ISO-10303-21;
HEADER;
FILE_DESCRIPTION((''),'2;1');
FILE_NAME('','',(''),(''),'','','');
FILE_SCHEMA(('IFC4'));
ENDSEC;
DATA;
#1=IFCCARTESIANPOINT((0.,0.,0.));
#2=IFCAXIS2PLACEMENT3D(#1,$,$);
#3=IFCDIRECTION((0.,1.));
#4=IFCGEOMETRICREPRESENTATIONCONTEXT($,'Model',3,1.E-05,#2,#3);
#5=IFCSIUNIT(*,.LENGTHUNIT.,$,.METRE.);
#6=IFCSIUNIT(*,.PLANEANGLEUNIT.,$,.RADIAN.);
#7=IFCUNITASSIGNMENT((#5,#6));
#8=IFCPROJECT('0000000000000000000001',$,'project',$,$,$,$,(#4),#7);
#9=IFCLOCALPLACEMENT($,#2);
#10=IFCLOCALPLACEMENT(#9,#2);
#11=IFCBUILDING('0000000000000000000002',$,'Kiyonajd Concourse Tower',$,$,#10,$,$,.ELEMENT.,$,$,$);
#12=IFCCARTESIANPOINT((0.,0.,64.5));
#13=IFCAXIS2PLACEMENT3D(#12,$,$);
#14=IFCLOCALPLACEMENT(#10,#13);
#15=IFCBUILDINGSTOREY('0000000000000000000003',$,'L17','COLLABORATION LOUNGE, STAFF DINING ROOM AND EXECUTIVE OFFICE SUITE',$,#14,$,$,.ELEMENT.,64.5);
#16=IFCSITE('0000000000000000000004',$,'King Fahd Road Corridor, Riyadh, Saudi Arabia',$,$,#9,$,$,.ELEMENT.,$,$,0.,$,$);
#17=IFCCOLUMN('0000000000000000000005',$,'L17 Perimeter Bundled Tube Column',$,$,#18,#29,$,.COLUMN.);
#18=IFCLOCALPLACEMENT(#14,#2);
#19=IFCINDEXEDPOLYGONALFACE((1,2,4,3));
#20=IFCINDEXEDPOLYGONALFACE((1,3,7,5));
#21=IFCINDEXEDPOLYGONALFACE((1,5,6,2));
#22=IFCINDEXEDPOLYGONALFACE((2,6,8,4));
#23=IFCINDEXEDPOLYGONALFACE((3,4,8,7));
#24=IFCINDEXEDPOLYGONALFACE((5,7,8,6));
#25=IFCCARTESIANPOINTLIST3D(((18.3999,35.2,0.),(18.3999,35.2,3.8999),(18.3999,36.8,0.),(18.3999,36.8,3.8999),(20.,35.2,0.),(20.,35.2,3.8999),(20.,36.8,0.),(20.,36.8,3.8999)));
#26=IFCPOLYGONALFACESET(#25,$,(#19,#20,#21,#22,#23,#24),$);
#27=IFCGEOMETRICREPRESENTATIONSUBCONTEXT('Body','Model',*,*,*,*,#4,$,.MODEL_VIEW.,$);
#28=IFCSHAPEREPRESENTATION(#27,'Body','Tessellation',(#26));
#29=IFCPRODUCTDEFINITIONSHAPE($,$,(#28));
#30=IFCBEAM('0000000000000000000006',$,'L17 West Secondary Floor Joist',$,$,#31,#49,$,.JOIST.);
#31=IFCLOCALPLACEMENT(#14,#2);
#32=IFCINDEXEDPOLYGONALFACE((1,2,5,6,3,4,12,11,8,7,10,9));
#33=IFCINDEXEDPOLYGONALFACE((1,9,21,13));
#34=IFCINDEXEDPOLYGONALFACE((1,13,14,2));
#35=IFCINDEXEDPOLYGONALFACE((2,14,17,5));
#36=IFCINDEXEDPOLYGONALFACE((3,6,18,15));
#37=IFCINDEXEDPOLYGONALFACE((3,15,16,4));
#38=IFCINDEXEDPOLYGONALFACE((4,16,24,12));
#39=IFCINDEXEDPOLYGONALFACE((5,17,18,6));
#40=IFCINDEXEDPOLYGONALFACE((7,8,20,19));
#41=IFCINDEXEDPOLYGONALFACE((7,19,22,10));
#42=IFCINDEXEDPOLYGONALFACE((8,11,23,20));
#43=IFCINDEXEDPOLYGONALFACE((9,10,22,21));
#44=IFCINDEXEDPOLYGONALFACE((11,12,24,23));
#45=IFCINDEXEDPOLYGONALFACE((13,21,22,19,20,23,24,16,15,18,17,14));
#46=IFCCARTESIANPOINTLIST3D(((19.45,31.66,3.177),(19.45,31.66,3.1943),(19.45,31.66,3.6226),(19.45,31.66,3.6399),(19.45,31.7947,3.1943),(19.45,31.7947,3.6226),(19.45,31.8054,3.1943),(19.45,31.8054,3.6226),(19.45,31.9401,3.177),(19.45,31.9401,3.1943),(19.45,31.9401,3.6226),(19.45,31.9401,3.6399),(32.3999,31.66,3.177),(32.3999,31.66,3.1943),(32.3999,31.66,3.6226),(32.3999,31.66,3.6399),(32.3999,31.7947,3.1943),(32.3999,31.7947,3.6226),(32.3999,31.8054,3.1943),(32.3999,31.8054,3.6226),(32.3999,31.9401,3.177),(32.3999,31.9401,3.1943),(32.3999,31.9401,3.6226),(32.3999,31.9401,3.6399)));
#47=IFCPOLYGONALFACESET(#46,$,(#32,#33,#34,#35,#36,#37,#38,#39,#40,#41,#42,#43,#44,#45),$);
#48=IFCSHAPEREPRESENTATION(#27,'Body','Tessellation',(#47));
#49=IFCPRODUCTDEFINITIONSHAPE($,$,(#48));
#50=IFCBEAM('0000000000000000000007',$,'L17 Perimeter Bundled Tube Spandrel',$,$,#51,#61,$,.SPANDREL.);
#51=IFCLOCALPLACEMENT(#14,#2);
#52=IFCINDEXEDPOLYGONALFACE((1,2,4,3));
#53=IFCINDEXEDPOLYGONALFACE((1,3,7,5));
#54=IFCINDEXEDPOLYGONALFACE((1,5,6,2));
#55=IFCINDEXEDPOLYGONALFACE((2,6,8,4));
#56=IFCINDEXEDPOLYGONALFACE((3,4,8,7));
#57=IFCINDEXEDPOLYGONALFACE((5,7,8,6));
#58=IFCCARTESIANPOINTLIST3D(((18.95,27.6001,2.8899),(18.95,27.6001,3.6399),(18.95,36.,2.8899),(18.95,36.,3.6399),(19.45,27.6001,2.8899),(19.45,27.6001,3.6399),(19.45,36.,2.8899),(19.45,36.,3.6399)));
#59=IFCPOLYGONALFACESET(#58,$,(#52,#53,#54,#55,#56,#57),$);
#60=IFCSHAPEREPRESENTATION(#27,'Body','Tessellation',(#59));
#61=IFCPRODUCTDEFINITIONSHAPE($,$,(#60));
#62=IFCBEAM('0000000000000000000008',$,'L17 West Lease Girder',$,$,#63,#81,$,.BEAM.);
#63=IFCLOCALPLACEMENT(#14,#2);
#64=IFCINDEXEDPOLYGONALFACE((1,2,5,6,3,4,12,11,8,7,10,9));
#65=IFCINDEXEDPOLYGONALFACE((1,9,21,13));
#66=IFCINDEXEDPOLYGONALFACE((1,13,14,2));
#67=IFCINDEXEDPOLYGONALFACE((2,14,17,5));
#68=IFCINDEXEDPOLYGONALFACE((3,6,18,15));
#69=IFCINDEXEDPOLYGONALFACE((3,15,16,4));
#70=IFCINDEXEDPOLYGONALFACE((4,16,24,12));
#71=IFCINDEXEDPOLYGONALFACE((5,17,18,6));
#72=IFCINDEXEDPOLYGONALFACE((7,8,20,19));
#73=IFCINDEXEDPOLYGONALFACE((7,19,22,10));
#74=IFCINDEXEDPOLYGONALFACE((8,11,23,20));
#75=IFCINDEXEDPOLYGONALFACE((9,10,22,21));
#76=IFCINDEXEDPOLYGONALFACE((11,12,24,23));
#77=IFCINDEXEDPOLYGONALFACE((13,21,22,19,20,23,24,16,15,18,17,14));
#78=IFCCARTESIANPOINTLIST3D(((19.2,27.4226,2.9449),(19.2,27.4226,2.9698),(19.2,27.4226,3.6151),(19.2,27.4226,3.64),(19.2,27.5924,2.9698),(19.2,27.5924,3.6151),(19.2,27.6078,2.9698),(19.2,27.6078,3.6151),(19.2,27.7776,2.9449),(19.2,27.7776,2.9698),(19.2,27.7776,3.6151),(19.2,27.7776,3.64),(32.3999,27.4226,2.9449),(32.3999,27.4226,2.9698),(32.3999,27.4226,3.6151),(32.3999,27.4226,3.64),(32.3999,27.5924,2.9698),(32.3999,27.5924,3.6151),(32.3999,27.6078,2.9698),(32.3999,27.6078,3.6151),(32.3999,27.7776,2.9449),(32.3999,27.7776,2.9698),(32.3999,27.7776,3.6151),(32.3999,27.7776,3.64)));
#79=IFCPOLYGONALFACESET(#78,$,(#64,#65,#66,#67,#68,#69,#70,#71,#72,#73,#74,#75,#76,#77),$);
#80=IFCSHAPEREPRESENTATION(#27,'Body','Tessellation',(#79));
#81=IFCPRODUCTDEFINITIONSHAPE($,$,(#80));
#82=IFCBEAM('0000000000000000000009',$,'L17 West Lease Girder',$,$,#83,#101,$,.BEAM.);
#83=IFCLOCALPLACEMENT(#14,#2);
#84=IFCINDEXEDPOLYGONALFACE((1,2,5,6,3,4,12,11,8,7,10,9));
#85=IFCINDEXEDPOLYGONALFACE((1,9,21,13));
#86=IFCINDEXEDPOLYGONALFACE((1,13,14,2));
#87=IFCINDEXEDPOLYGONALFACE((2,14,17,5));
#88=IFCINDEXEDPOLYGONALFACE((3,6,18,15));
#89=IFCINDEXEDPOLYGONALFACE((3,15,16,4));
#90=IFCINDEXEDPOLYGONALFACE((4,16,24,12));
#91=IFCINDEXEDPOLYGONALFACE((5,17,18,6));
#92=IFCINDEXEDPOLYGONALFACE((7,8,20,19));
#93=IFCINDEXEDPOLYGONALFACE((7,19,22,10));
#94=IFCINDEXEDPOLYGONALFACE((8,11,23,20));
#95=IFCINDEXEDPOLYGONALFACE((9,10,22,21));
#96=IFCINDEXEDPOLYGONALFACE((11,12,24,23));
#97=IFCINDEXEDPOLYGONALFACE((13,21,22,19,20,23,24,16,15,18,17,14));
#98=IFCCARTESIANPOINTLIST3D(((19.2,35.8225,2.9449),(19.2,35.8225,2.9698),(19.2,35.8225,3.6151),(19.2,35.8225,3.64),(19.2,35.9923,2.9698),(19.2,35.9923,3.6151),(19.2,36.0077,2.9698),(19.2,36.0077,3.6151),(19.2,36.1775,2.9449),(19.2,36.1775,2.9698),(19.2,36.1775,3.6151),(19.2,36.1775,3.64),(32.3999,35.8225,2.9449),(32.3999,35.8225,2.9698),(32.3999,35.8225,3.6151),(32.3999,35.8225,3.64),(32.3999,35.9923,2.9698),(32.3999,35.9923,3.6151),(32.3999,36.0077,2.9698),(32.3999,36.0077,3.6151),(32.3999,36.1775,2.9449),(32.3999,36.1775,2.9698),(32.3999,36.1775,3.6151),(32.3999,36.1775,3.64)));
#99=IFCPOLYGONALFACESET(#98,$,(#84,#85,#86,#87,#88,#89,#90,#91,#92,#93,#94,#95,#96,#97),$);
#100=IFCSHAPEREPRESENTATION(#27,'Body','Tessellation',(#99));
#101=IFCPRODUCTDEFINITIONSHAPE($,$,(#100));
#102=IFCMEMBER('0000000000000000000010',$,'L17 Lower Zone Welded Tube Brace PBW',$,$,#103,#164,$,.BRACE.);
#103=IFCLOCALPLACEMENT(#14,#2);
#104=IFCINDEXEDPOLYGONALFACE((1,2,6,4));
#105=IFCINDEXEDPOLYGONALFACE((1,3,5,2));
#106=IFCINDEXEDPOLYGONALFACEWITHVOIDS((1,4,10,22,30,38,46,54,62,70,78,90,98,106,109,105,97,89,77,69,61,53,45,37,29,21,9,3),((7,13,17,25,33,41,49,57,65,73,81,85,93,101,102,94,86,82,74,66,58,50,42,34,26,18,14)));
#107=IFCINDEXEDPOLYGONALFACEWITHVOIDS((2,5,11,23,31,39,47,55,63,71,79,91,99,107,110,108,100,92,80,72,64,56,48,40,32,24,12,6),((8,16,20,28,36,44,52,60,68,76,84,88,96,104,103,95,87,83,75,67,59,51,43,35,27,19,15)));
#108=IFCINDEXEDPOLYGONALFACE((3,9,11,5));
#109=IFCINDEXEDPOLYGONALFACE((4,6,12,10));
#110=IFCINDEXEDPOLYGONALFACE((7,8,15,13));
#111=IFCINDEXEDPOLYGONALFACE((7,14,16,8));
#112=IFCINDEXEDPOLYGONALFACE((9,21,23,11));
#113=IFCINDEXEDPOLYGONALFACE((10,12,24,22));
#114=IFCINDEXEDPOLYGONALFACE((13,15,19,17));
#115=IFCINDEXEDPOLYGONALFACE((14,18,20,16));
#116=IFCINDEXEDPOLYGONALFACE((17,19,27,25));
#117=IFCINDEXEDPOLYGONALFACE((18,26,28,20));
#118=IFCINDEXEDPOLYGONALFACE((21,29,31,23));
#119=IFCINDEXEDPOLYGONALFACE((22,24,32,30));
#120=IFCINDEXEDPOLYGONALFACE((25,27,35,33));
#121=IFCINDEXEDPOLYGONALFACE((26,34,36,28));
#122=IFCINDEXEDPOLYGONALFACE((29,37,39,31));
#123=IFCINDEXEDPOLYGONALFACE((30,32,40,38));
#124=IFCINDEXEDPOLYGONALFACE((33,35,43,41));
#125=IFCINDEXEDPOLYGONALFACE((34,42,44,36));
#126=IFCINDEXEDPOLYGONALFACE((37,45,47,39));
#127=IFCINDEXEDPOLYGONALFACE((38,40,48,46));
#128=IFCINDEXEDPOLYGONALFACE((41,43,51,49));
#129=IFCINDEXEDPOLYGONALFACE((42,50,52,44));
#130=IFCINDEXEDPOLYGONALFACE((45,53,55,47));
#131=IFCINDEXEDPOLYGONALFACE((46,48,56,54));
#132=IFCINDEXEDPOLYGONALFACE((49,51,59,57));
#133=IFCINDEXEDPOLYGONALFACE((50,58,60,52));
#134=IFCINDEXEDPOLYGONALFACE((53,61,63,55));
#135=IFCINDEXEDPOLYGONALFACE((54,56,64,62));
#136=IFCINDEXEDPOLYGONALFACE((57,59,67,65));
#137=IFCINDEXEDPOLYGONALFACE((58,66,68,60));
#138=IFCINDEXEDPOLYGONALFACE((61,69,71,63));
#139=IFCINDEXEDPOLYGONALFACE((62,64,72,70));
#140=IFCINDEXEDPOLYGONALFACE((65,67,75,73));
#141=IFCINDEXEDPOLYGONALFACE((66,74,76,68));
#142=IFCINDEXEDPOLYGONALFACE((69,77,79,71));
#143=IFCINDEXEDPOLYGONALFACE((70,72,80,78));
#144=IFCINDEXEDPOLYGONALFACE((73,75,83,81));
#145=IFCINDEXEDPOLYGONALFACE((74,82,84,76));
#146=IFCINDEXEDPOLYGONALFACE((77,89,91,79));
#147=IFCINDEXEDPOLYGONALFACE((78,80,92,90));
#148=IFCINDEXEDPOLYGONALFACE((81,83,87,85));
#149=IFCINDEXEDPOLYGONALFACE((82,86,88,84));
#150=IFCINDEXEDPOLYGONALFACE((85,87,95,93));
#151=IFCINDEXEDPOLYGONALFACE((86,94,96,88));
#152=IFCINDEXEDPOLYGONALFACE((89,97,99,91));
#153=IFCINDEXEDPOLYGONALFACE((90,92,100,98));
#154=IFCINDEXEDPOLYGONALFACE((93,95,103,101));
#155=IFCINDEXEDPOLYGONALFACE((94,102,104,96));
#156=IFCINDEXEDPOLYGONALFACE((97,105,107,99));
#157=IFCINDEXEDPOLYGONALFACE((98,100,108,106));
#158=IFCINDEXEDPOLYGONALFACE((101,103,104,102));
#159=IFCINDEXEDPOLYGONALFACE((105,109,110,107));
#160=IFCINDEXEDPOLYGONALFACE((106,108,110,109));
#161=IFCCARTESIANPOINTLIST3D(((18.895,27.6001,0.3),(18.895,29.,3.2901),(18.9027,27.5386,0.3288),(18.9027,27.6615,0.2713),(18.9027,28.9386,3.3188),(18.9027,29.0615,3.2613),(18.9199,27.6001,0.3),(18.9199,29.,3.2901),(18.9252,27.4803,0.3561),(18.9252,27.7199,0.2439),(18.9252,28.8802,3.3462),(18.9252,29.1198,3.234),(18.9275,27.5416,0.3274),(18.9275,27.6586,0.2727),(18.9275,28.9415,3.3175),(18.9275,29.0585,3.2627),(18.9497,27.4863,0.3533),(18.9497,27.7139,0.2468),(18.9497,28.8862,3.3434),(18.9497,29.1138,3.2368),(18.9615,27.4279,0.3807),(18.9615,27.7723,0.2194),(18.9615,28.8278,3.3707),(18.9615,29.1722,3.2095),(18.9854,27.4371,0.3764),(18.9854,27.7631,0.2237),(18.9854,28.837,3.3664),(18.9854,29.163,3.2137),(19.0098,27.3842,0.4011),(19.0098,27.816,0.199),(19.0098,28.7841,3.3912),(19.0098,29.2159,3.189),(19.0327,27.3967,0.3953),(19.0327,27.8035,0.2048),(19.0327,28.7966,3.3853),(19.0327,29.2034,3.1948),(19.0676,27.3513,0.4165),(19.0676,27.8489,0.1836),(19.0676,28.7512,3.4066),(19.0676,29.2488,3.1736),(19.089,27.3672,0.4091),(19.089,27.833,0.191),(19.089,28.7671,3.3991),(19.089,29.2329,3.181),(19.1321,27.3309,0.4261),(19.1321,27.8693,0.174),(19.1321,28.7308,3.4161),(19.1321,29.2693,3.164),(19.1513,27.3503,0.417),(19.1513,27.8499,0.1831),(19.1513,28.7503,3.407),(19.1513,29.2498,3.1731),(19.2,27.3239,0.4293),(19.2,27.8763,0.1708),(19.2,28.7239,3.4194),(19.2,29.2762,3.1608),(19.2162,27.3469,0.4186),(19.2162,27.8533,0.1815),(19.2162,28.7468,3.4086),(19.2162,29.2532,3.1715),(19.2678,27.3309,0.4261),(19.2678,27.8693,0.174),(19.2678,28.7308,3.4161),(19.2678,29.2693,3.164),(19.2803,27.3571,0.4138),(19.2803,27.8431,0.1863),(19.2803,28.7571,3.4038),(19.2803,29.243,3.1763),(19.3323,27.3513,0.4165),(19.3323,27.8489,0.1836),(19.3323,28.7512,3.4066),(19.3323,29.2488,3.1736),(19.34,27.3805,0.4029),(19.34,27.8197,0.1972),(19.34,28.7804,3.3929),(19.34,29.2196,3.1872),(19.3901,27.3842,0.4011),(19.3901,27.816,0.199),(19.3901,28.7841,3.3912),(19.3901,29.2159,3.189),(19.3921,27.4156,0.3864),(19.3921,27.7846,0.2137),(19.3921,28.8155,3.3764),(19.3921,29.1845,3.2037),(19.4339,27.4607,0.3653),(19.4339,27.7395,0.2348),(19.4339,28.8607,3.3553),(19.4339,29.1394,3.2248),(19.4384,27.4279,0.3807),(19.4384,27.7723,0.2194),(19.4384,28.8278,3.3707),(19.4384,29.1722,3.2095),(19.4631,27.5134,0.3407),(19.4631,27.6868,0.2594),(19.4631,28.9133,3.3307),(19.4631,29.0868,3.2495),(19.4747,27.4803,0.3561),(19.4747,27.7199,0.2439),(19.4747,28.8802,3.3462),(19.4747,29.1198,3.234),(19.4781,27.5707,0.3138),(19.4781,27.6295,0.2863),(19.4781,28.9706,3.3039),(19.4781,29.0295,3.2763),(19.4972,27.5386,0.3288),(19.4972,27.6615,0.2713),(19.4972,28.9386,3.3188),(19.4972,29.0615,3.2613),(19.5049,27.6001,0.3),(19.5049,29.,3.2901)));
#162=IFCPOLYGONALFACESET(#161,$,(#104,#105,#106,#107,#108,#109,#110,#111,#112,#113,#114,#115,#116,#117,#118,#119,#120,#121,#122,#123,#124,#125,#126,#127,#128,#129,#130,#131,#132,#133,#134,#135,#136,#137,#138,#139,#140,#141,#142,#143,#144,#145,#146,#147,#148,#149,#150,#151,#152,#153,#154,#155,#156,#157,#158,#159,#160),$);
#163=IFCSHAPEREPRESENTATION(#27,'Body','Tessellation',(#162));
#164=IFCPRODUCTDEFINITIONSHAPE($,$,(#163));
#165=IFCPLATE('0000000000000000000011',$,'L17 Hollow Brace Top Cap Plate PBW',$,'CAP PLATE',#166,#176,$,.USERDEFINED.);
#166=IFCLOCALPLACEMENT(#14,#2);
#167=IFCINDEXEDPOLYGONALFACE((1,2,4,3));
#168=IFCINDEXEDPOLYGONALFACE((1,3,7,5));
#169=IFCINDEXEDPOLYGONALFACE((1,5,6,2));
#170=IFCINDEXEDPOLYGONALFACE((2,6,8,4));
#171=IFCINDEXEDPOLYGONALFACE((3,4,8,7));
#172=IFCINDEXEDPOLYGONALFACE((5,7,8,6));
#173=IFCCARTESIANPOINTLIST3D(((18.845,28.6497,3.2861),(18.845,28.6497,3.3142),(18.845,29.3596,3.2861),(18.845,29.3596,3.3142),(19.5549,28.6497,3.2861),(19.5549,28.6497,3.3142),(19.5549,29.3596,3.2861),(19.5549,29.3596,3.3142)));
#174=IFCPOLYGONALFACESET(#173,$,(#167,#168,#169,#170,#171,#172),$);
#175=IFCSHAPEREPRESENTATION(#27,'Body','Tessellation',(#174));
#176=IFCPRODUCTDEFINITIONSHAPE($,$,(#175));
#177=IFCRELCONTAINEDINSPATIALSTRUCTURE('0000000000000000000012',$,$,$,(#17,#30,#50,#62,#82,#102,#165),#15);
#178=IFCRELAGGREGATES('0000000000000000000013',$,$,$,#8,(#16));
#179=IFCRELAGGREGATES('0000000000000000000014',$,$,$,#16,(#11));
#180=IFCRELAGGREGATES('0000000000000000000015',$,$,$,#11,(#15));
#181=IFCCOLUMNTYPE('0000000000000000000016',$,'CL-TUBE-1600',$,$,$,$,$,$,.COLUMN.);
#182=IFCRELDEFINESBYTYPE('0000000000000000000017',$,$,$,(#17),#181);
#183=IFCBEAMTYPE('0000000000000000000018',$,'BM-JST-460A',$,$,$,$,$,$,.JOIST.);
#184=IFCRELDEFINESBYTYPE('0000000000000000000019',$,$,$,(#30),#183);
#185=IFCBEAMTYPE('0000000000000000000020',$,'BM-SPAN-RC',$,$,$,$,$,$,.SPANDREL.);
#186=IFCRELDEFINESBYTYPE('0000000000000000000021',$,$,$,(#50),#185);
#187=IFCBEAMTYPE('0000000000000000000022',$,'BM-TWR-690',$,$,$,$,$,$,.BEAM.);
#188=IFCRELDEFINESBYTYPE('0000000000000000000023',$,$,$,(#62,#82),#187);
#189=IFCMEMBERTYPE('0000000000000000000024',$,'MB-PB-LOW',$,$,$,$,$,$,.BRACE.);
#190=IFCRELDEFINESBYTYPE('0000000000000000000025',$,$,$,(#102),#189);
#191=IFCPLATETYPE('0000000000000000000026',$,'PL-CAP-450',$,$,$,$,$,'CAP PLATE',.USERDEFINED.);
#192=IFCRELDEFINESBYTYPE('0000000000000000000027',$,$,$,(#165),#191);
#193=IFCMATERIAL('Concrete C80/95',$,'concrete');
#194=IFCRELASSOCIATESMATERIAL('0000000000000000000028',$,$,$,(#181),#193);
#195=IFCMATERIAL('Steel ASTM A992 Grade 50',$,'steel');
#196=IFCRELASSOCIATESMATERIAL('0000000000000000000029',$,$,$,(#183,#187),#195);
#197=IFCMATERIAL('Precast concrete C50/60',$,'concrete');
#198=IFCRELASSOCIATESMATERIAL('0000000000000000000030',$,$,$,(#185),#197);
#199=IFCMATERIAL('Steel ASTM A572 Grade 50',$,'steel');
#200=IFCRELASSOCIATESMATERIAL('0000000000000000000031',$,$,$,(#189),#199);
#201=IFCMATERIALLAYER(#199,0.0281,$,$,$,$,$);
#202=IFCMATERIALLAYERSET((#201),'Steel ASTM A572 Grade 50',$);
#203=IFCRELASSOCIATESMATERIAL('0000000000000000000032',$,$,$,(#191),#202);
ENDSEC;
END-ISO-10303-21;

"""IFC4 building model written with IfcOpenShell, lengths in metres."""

from ifc_helpers import new_model, si_unit, direction, frame, origin, origin_2d, place, context, subcontext, project, spatial, rectangle, hollow_circle, i_section, extrude, material, layer, layer_set, material_profile, profile_set, type_object, element, save


model = new_model("IFC4")

# Units and contexts
model_context = context("Model", 3, precision=1e-05, world=origin(), true_north=direction((0.0, 1.0)))
body_context = subcontext(model_context, "Body", "Model", "MODEL_VIEW")
ifc_project = project(units=[si_unit("LENGTHUNIT", "METRE"), si_unit("PLANEANGLEUNIT", "RADIAN")], contexts=[model_context])

# Site, building, storey
site_placement = place(None, origin())
site = spatial("IfcSite", under=ifc_project, at=site_placement, Name="King Fahd Road Corridor, Riyadh, Saudi Arabia", CompositionType="ELEMENT", RefElevation=0.0)
building_placement = place(site_placement, origin())
building = spatial("IfcBuilding", under=site, at=building_placement, Name="Kiyonajd Concourse Tower", CompositionType="ELEMENT")
storey_placement = place(building_placement, frame((0.0, 0.0, 64.5)))
storey = spatial("IfcBuildingStorey", under=building, at=storey_placement, Name="L17", Description="COLLABORATION LOUNGE, STAFF DINING ROOM AND EXECUTIVE OFFICE SUITE", CompositionType="ELEMENT", Elevation=64.5)

# Column
ifc_material_1 = material(Name="Concrete C80/95", Category="concrete")
ifc_material_profile_1 = material_profile(ifc_material_1, rectangle(XDim=1.6001, YDim=1.6001, at=origin_2d()), Name="RC-1600x1600")
ifc_profile_set_1 = profile_set([ifc_material_profile_1], Name="Concrete C80/95")
column_type = type_object("IfcColumnType", Name="CL-TUBE-1600", PredefinedType="COLUMN", material=ifc_profile_set_1)
column_placement = place(storey_placement, frame((19.2, 36.0, 0.0), z_axis=(0.0, 0.0, 1.0), x_axis=(1.0, 0.0, 0.0)))
element("IfcColumn", 1, at=column_placement, inside=storey, type_object=column_type, Name="L17 Perimeter Bundled Tube Column", PredefinedType="COLUMN", context=body_context, shape_type="SweptSolid", body=[
    extrude(rectangle(XDim=1.6001, YDim=1.6001, at=origin_2d()), origin(), (0.0, 0.0, 1.0), 3.8999),
])

# Beams
ifc_material_2 = material(Name="Steel ASTM A992 Grade 50", Category="steel")
ifc_material_profile_2 = material_profile(ifc_material_2, i_section(OverallWidth=0.28, OverallDepth=0.4629, WebThickness=0.0107, FlangeThickness=0.0173, at=origin_2d()), Name="W460X113")
ifc_profile_set_2 = profile_set([ifc_material_profile_2], Name="Steel ASTM A992 Grade 50")
beam_type_1 = type_object("IfcBeamType", Name="BM-JST-460A", PredefinedType="JOIST", material=ifc_profile_set_2)
beam_1_placement = place(storey_placement, frame((19.45, 31.8, 3.4084), z_axis=(1.0, 0.0, 0.0), x_axis=(0.0, 1.0, 0.0)))
element("IfcBeam", 2, at=beam_1_placement, inside=storey, type_object=beam_type_1, Name="L17 West Secondary Floor Joist", PredefinedType="JOIST", context=body_context, shape_type="SweptSolid", body=[
    extrude(i_section(OverallWidth=0.28, OverallDepth=0.4629, WebThickness=0.0107, FlangeThickness=0.0173, at=origin_2d()), origin(), (0.0, 0.0, 1.0), 12.95),
])
ifc_material_3 = material(Name="Precast concrete C50/60", Category="concrete")
ifc_material_profile_3 = material_profile(ifc_material_3, rectangle(XDim=0.5, YDim=0.75, at=origin_2d()), Name="RCBM-500x750")
ifc_profile_set_3 = profile_set([ifc_material_profile_3], Name="Precast concrete C50/60")
beam_type_2 = type_object("IfcBeamType", Name="BM-SPAN-RC", PredefinedType="SPANDREL", material=ifc_profile_set_3)
beam_2_placement = place(storey_placement, frame((19.2, 36.0, 3.2649), z_axis=(0.0, -1.0, 0.0), x_axis=(1.0, 0.0, 0.0)))
element("IfcBeam", 3, at=beam_2_placement, inside=storey, type_object=beam_type_2, Name="L17 Perimeter Bundled Tube Spandrel", PredefinedType="SPANDREL", context=body_context, shape_type="SweptSolid", body=[
    extrude(rectangle(XDim=0.5, YDim=0.75, at=origin_2d()), origin(), (0.0, 0.0, 1.0), 8.3999),
])
ifc_material_profile_4 = material_profile(ifc_material_2, i_section(OverallWidth=0.355, OverallDepth=0.6951, WebThickness=0.0154, FlangeThickness=0.0249, at=origin_2d()), Name="W690X217")
ifc_profile_set_4 = profile_set([ifc_material_profile_4], Name="Steel ASTM A992 Grade 50")
beam_type_3 = type_object("IfcBeamType", Name="BM-TWR-690", PredefinedType="BEAM", material=ifc_profile_set_4)
for number, where, z_axis, x_axis, name in (
    (4, (19.2, 27.6001, 3.2925), (1.0, 0.0, 0.0), (0.0, 1.0, 0.0), "L17 West Lease Girder"),
    (5, (19.2, 36.0, 3.2925), (1.0, 0.0, 0.0), (0.0, 1.0, 0.0), "L17 West Lease Girder"),
):
    element("IfcBeam", number, at=place(storey_placement, frame(where, z_axis=z_axis, x_axis=x_axis)), inside=storey, type_object=beam_type_3, Name=name, PredefinedType="BEAM", context=body_context, shape_type="SweptSolid", body=[
        extrude(i_section(OverallWidth=0.355, OverallDepth=0.6951, WebThickness=0.0154, FlangeThickness=0.0249, at=origin_2d()), origin(), (0.0, 0.0, 1.0), 13.2),
    ])

# Member
ifc_material_4 = material(Name="Steel ASTM A572 Grade 50", Category="steel")
ifc_material_profile_5 = material_profile(ifc_material_4, hollow_circle(Radius=0.3049, WallThickness=0.0249, at=origin_2d()), Name="CHS-610x25")
ifc_profile_set_5 = profile_set([ifc_material_profile_5], Name="Steel ASTM A572 Grade 50")
member_type = type_object("IfcMemberType", Name="MB-PB-LOW", PredefinedType="BRACE", material=ifc_profile_set_5)
member_placement = place(storey_placement, frame((19.2, 27.6001, 0.3), z_axis=(0.0, 0.424023, 0.905652), x_axis=(-1.0, 0.0, 0.0)))
element("IfcMember", 6, at=member_placement, inside=storey, type_object=member_type, Name="L17 Lower Zone Welded Tube Brace PBW", PredefinedType="BRACE", context=body_context, shape_type="SweptSolid", body=[
    extrude(hollow_circle(Radius=0.3049, WallThickness=0.0249, at=origin_2d()), origin(), (0.0, 0.0, 1.0), 3.3015),
])

# Plate
ifc_layer_1 = layer(ifc_material_4, 0.0281)
ifc_layer_set_1 = layer_set([ifc_layer_1], Name="Steel ASTM A572 Grade 50")
plate_type_1 = type_object("IfcPlateType", Name="PL-CAP-450", ElementType="CAP PLATE", PredefinedType="USERDEFINED", material=ifc_layer_set_1)
plate_placement = place(storey_placement, frame((19.2, 29.0046, 3.2861), z_axis=(0.0, 0.0, 1.0), x_axis=(1.0, 0.0, 0.0)))
element("IfcPlate", 7, at=plate_placement, inside=storey, type_object=plate_type_1, Name="L17 Hollow Brace Top Cap Plate PBW", ObjectType="CAP PLATE", PredefinedType="USERDEFINED", context=body_context, shape_type="SweptSolid", body=[
    extrude(rectangle(XDim=0.71, YDim=0.71, at=origin_2d()), origin(), (0.0, 0.0, 1.0), 0.0281),
])

save(model, "model.ifc")
